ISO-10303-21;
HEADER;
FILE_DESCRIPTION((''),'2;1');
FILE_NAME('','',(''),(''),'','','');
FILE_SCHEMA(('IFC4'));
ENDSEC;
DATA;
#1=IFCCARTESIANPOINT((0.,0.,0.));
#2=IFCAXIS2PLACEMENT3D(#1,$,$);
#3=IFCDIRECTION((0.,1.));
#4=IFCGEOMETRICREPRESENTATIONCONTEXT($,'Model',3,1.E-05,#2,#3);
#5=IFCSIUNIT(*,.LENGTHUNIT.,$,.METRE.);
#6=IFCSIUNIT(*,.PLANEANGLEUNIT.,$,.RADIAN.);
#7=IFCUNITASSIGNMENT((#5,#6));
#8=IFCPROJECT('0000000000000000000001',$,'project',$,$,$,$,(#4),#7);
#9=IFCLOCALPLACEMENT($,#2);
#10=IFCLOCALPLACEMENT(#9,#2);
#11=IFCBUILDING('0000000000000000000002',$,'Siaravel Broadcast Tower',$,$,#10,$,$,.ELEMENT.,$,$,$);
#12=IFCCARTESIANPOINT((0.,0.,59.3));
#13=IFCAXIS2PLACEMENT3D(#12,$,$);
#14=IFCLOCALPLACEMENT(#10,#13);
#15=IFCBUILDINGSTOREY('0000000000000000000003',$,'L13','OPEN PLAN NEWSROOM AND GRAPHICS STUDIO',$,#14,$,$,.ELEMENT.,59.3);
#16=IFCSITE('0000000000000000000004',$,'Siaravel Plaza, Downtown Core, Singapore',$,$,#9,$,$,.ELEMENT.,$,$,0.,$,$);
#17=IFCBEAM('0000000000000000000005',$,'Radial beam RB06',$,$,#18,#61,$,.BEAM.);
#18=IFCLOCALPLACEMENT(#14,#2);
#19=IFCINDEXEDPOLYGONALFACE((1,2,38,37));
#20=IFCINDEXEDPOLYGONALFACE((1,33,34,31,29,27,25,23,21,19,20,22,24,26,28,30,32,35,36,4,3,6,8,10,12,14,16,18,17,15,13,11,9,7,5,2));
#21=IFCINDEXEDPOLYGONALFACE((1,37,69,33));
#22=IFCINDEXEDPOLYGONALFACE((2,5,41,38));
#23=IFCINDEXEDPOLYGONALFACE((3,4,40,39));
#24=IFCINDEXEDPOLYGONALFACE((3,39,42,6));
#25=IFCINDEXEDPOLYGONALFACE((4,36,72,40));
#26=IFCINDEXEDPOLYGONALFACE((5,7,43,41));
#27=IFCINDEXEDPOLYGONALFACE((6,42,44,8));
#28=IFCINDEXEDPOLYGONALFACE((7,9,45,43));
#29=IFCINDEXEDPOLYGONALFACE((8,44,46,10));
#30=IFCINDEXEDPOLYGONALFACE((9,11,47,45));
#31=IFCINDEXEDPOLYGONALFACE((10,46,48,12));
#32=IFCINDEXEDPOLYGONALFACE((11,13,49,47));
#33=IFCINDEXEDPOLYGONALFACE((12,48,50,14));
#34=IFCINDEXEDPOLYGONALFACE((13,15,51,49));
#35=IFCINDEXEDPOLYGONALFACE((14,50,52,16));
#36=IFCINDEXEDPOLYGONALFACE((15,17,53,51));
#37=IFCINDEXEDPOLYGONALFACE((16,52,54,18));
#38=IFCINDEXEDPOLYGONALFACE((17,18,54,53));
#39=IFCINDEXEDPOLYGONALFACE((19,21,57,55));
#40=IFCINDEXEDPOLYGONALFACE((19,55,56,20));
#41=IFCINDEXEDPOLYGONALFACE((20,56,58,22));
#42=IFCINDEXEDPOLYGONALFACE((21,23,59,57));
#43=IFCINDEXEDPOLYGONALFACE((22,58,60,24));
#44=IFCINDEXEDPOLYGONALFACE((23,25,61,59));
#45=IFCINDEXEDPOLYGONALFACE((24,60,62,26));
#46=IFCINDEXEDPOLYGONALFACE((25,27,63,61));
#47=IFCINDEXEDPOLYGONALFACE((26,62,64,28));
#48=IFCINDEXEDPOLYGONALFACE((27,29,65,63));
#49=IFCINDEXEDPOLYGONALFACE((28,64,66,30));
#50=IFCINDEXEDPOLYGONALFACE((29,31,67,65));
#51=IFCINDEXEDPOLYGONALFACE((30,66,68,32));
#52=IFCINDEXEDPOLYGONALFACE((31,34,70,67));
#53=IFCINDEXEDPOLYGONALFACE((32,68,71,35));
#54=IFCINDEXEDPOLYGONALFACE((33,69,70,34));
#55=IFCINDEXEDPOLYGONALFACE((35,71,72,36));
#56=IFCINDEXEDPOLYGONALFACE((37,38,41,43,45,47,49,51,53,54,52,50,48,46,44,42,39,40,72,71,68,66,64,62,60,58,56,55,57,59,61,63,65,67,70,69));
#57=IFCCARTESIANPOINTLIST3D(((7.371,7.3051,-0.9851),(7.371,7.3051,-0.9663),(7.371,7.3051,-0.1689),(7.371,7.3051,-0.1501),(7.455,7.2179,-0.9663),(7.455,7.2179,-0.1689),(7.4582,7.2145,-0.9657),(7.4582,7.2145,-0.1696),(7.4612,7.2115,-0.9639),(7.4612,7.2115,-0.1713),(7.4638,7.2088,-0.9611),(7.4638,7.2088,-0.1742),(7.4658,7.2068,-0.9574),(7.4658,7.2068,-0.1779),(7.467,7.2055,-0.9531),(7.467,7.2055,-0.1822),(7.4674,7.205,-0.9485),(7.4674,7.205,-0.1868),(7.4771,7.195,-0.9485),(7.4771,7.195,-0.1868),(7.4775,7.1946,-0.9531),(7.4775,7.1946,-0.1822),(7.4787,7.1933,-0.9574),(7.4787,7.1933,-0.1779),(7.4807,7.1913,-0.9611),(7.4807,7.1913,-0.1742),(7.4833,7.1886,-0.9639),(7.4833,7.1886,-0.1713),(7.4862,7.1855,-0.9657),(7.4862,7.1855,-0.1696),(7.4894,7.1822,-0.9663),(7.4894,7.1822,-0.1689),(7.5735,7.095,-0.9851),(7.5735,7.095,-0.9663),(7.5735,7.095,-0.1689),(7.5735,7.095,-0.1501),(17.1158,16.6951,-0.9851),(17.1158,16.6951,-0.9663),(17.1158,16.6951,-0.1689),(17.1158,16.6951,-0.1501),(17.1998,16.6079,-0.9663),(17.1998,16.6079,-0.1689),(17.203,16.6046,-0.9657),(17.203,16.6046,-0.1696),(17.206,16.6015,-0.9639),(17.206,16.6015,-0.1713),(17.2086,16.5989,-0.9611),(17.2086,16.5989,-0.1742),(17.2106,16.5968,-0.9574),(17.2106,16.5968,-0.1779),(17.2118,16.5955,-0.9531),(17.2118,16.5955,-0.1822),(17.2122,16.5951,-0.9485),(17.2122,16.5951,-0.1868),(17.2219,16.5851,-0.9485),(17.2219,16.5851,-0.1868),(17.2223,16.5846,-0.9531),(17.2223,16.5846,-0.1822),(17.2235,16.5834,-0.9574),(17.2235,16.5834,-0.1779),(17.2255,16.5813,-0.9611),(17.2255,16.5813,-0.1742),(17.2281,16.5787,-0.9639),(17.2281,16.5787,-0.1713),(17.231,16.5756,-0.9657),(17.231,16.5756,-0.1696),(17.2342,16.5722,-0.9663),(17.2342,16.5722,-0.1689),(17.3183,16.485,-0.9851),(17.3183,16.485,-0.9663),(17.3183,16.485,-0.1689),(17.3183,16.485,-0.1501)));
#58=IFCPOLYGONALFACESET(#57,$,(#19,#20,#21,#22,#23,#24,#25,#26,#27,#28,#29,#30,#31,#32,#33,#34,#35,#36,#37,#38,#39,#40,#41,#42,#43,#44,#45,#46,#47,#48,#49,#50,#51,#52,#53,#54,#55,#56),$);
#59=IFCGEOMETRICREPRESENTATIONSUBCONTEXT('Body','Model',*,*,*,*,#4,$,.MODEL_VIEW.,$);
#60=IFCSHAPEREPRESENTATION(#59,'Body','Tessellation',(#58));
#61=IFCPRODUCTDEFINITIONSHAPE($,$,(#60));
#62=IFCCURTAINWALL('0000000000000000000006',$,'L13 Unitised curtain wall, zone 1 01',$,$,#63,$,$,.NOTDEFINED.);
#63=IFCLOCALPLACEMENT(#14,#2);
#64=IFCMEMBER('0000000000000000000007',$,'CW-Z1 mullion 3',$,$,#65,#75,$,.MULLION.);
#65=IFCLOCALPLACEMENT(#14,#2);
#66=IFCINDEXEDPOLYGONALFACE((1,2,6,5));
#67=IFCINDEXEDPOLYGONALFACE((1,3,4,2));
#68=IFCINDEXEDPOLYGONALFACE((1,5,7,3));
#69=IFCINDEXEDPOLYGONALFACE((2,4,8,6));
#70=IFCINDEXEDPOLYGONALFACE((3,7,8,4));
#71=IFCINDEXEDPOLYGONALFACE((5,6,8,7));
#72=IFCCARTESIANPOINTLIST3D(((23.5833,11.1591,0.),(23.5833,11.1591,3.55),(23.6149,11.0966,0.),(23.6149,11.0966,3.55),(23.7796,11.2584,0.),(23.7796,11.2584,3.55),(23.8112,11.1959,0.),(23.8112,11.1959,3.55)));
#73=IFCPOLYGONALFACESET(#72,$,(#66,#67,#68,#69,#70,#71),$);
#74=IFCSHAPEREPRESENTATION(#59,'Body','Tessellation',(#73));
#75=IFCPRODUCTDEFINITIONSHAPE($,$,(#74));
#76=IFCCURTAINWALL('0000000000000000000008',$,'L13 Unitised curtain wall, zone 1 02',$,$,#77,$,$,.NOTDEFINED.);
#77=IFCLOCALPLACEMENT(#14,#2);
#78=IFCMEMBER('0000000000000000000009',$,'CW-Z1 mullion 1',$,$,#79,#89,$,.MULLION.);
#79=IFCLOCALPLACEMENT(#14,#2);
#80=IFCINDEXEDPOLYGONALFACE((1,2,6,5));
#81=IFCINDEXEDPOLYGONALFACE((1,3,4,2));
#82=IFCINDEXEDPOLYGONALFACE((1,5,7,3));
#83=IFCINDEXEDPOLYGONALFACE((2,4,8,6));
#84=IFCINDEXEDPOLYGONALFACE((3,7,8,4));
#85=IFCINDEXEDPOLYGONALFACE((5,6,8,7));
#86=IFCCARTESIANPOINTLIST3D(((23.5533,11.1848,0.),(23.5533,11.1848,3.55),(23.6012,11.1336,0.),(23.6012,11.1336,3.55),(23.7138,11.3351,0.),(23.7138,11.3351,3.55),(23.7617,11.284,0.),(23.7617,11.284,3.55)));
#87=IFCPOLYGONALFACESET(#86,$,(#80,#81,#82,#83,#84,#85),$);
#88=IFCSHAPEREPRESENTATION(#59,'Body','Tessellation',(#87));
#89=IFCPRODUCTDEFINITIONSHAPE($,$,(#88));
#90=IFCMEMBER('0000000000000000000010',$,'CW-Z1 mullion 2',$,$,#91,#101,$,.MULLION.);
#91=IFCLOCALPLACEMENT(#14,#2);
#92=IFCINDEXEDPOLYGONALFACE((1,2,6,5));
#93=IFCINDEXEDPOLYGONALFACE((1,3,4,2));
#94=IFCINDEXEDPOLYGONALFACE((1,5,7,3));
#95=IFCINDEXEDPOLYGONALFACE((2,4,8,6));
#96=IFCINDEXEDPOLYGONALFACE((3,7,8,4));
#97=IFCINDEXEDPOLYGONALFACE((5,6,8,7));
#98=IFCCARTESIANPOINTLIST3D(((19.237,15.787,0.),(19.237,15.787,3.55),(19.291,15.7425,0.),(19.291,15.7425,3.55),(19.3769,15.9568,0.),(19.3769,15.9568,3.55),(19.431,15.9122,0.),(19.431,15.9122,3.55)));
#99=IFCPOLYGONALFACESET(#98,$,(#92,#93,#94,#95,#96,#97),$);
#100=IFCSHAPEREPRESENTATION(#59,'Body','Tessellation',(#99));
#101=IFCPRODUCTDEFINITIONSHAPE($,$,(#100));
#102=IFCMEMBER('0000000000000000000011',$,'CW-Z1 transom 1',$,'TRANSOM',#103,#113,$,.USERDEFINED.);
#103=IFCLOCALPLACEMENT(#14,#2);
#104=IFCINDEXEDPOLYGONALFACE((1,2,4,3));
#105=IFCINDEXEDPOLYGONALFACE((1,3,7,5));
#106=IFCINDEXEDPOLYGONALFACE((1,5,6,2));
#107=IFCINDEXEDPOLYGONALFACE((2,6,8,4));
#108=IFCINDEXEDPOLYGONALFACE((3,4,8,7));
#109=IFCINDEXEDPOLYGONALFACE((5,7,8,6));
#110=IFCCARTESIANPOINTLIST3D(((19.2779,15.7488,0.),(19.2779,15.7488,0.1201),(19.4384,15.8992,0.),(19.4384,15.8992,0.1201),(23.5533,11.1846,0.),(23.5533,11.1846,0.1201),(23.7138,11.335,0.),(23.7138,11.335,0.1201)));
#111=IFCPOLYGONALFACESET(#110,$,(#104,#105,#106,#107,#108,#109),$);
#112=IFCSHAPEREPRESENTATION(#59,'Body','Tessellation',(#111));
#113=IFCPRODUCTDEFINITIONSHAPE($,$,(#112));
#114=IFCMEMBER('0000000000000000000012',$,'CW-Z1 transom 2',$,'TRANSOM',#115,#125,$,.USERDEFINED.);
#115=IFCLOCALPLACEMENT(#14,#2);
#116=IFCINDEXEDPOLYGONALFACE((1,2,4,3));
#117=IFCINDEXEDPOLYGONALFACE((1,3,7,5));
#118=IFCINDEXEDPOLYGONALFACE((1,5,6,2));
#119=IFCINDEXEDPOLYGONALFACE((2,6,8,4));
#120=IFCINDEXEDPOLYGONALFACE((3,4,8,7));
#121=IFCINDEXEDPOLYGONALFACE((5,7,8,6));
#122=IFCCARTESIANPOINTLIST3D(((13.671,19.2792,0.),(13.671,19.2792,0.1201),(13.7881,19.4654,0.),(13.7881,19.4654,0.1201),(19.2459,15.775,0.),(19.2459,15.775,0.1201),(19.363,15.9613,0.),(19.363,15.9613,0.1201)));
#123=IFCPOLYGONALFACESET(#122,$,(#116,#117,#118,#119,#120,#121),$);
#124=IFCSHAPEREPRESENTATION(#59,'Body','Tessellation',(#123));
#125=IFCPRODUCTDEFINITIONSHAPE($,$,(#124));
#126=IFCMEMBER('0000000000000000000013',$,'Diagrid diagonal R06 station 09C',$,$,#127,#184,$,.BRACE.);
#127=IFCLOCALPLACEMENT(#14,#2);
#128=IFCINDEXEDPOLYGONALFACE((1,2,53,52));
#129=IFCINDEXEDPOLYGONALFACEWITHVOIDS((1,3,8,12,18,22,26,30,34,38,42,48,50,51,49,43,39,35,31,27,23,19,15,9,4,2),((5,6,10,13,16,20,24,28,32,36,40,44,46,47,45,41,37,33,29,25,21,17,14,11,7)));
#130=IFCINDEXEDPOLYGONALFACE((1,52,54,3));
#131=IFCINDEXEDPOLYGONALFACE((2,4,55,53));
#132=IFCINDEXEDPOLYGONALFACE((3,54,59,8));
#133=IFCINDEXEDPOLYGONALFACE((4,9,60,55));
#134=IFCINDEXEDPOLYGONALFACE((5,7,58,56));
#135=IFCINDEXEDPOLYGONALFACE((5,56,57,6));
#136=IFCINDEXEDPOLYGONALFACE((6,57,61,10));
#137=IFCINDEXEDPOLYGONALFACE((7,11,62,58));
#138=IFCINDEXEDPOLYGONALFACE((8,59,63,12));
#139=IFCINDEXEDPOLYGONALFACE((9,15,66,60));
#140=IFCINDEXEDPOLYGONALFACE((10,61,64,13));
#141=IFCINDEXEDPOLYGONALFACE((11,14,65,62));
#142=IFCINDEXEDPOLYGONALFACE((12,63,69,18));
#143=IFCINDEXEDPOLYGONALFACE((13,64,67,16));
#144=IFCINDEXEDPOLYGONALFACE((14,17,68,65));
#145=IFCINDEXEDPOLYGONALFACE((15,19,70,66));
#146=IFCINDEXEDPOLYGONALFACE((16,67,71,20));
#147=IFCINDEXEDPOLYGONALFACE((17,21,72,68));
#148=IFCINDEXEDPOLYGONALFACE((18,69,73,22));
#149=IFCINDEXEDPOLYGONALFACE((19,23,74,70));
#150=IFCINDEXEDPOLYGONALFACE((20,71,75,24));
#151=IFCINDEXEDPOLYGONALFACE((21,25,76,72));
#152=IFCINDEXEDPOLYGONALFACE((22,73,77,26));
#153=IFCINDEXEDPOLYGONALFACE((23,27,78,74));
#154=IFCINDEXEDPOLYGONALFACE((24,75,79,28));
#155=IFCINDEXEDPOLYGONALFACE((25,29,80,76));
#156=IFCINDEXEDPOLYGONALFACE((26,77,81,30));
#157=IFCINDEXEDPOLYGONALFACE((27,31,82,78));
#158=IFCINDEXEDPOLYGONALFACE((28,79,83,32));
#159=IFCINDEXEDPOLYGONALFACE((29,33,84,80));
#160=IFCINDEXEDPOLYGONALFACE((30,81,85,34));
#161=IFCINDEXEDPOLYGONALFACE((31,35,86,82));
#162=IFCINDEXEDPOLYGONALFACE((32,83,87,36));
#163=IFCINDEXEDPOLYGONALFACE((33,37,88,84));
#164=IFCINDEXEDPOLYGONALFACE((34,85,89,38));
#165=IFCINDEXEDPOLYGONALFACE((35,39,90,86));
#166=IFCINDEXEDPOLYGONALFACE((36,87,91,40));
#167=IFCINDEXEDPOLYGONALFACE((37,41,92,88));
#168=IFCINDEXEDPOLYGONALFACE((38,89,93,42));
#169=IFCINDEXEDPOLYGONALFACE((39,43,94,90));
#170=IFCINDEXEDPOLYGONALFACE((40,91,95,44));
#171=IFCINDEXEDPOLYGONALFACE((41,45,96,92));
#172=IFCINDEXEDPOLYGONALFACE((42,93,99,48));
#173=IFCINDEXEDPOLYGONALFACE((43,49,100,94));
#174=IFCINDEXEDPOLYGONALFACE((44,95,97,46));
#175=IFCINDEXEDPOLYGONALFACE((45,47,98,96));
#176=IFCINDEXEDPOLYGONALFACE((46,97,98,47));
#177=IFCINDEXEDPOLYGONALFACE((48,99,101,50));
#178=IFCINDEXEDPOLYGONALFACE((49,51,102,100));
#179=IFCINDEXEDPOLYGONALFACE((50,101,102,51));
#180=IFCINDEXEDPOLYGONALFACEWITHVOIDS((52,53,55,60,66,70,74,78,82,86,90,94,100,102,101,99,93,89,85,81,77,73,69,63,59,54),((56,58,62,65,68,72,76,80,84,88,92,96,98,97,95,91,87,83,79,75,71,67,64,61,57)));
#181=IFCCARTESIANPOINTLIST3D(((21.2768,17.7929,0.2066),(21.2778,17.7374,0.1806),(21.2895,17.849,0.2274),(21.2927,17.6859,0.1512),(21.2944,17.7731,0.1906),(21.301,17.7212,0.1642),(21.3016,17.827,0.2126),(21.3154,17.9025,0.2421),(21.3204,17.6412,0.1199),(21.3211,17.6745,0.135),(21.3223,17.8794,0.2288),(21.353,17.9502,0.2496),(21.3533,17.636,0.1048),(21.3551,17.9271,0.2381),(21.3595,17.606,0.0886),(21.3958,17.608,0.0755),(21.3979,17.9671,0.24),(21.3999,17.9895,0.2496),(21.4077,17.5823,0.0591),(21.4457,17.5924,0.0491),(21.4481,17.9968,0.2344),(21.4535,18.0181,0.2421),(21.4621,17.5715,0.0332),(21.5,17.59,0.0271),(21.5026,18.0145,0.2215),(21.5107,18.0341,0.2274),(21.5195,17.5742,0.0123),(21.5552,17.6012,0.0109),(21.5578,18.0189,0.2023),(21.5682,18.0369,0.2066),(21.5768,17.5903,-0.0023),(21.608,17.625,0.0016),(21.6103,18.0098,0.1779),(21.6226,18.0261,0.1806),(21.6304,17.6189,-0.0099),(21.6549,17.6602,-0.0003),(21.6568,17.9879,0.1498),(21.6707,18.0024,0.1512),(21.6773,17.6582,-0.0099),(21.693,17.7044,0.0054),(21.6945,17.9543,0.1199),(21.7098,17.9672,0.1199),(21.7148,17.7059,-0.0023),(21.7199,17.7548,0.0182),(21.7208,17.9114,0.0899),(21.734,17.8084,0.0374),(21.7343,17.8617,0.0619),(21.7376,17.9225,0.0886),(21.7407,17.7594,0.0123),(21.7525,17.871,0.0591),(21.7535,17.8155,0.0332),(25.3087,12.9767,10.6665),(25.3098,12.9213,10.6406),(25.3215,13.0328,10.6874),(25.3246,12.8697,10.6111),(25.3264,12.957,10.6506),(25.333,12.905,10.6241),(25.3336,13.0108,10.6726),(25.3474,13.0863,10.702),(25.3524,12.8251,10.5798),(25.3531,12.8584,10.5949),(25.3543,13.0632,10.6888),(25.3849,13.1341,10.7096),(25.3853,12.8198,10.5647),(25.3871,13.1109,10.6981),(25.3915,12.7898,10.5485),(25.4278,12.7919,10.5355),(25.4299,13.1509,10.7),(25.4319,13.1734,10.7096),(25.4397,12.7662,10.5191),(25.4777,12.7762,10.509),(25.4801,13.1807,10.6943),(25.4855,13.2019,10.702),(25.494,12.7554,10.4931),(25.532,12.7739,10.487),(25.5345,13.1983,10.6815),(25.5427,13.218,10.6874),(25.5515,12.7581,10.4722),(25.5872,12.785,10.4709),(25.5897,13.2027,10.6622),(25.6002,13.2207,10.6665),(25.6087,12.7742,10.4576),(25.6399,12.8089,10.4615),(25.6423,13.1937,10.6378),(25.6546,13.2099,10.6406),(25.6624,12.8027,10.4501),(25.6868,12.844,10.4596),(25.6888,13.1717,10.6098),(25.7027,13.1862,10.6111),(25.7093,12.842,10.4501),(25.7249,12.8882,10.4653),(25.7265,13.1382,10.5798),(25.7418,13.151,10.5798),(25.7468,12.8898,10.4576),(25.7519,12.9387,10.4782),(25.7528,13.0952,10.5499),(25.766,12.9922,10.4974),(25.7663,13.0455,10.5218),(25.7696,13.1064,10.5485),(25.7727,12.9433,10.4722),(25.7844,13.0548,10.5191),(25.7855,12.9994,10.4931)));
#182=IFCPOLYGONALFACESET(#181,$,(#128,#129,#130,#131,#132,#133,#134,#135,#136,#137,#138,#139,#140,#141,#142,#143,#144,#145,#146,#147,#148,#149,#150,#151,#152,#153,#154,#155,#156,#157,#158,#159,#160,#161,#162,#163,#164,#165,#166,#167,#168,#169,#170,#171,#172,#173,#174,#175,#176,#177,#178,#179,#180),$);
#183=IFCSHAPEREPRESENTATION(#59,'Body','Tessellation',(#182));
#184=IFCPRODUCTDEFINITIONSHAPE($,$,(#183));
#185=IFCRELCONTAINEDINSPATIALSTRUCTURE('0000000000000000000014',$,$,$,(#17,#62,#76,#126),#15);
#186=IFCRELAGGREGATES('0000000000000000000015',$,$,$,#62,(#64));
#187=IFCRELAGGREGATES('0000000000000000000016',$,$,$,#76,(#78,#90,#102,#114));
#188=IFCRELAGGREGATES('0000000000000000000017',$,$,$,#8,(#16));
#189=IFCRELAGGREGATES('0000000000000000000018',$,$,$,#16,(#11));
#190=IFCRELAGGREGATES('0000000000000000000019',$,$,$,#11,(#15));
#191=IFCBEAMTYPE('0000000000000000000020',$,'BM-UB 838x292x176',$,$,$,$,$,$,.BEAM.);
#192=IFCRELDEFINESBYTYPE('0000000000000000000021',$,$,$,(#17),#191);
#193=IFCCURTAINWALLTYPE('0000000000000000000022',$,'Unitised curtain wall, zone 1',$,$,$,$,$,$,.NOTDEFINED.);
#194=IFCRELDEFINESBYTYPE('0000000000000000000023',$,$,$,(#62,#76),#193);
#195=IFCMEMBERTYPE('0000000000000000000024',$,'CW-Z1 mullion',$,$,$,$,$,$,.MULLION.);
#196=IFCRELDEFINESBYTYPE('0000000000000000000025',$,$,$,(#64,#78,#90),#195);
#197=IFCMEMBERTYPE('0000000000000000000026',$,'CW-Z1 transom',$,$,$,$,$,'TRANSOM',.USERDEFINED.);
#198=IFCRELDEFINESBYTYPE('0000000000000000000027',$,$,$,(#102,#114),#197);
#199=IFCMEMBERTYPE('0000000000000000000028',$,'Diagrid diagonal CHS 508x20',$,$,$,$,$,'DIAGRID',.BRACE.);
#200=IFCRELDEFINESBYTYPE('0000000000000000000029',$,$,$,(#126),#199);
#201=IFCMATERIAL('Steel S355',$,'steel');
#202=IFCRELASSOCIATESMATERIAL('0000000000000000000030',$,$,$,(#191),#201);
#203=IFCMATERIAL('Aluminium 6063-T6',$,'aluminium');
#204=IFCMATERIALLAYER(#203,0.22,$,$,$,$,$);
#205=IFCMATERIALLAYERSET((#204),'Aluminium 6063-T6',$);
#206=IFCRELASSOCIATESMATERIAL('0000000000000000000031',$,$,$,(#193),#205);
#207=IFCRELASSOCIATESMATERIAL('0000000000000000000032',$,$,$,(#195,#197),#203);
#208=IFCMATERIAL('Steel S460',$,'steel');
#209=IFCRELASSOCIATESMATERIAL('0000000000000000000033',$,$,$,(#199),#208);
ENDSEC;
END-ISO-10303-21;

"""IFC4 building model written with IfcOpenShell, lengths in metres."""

from ifc_helpers import new_model, si_unit, direction, frame, origin, origin_2d, place, context, subcontext, project, spatial, rectangle, hollow_circle, i_section, extrude, material, layer, layer_set, material_profile, profile_set, type_object, element, aggregate, save


model = new_model("IFC4")

# Units and contexts
model_context = context("Model", 3, precision=1e-05, world=origin(), true_north=direction((0.0, 1.0)))
body_context = subcontext(model_context, "Body", "Model", "MODEL_VIEW")
ifc_project = project(units=[si_unit("LENGTHUNIT", "METRE"), si_unit("PLANEANGLEUNIT", "RADIAN")], contexts=[model_context])

# Site, building, storey
site_placement = place(None, origin())
site = spatial("IfcSite", under=ifc_project, at=site_placement, Name="Siaravel Plaza, Downtown Core, Singapore", CompositionType="ELEMENT", RefElevation=0.0)
building_placement = place(site_placement, origin())
building = spatial("IfcBuilding", under=site, at=building_placement, Name="Siaravel Broadcast Tower", CompositionType="ELEMENT")
storey_placement = place(building_placement, frame((0.0, 0.0, 59.3)))
storey = spatial("IfcBuildingStorey", under=building, at=storey_placement, Name="L13", Description="OPEN PLAN NEWSROOM AND GRAPHICS STUDIO", CompositionType="ELEMENT", Elevation=59.3)

# Beam
ifc_material_1 = material(Name="Steel S355", Category="steel")
ifc_material_profile_1 = material_profile(ifc_material_1, i_section(OverallWidth=0.2917, OverallDepth=0.835, WebThickness=0.0139, FlangeThickness=0.0188, FilletRadius=0.0178, at=origin_2d()))
ifc_profile_set_1 = profile_set([ifc_material_profile_1], Name="Steel S355")
beam_type = type_object("IfcBeamType", Name="BM-UB 838x292x176", PredefinedType="BEAM", material=ifc_profile_set_1)
beam_1_placement = place(storey_placement, frame((17.217, 16.5901, -0.5676), z_axis=(-0.720092, -0.693879, 0.0), x_axis=(0.693879, -0.720092, 0.0)))
element("IfcBeam", 1, at=beam_1_placement, inside=storey, type_object=beam_type, Name="Radial beam RB06", PredefinedType="BEAM", context=body_context, shape_type="SweptSolid", body=[
    extrude(i_section(OverallWidth=0.2917, OverallDepth=0.835, WebThickness=0.0139, FlangeThickness=0.0188, FilletRadius=0.0178, at=origin_2d()), origin(), (0.0, 0.0, 1.0), 13.5327),
])

# Curtain wall, member
ifc_material_2 = material(Name="Aluminium 6063-T6", Category="aluminium")
ifc_layer_1 = layer(ifc_material_2, 0.22)
ifc_layer_set_1 = layer_set([ifc_layer_1], Name="Aluminium 6063-T6")
curtain_wall_type = type_object("IfcCurtainWallType", Name="Unitised curtain wall, zone 1", PredefinedType="NOTDEFINED", material=ifc_layer_set_1)
curtain_wall_1_placement = place(storey_placement, origin())
curtain_wall_1 = element("IfcCurtainWall", 2, at=curtain_wall_1_placement, inside=storey, type_object=curtain_wall_type, Name="L13 Unitised curtain wall, zone 1 01", PredefinedType="NOTDEFINED")
ifc_material_profile_2 = material_profile(ifc_material_2, rectangle(XDim=0.22, YDim=0.0701, at=origin_2d()))
ifc_profile_set_2 = profile_set([ifc_material_profile_2], Name="Aluminium 6063-T6")
member_type_1 = type_object("IfcMemberType", Name="CW-Z1 mullion", PredefinedType="MULLION", material=ifc_profile_set_2)
member_1_placement = place(storey_placement, frame((23.6973, 11.1775, 0.0), z_axis=(0.0, 0.0, 1.0), x_axis=(-0.892391, -0.451262, 0.0)))
member_1 = element("IfcMember", 3, at=member_1_placement, type_object=member_type_1, Name="CW-Z1 mullion 3", PredefinedType="MULLION", context=body_context, shape_type="SweptSolid", body=[
    extrude(rectangle(XDim=0.22, YDim=0.0701, at=origin_2d()), origin(), (0.0, 0.0, 1.0), 3.55),
])
aggregate(curtain_wall_1, [member_1])

# Curtain wall, members
curtain_wall_2_placement = place(storey_placement, origin())
curtain_wall_2 = element("IfcCurtainWall", 4, at=curtain_wall_2_placement, inside=storey, type_object=curtain_wall_type, Name="L13 Unitised curtain wall, zone 1 02", PredefinedType="NOTDEFINED")
member_2_placement = place(storey_placement, frame((23.6575, 11.2344, 0.0), z_axis=(0.0, 0.0, 1.0), x_axis=(-0.729804, -0.683657, 0.0)))
member_2 = element("IfcMember", 5, at=member_2_placement, type_object=member_type_1, Name="CW-Z1 mullion 1", PredefinedType="MULLION", context=body_context, shape_type="SweptSolid", body=[
    extrude(rectangle(XDim=0.22, YDim=0.0701, at=origin_2d()), origin(), (0.0, 0.0, 1.0), 3.55),
])
member_3_placement = place(storey_placement, frame((19.334, 15.8496, 0.0), z_axis=(0.0, 0.0, 1.0), x_axis=(-0.636217, -0.77151, 0.0)))
member_3 = element("IfcMember", 6, at=member_3_placement, type_object=member_type_1, Name="CW-Z1 mullion 2", PredefinedType="MULLION", context=body_context, shape_type="SweptSolid", body=[
    extrude(rectangle(XDim=0.22, YDim=0.0701, at=origin_2d()), origin(), (0.0, 0.0, 1.0), 3.55),
])
ifc_material_profile_3 = material_profile(ifc_material_2, rectangle(XDim=0.22, YDim=0.1201, at=origin_2d()))
ifc_profile_set_3 = profile_set([ifc_material_profile_3], Name="Aluminium 6063-T6")
member_type_2 = type_object("IfcMemberType", Name="CW-Z1 transom", ElementType="TRANSOM", PredefinedType="USERDEFINED", material=ifc_profile_set_3)
member_4_placement = place(storey_placement, frame((23.6335, 11.2598, 0.0601), z_axis=(-0.683639, 0.729821, 0.0), x_axis=(-0.729821, -0.683639, 0.0)))
member_4 = element("IfcMember", 7, at=member_4_placement, type_object=member_type_2, Name="CW-Z1 transom 1", ObjectType="TRANSOM", PredefinedType="USERDEFINED", context=body_context, shape_type="SweptSolid", body=[
    extrude(rectangle(XDim=0.22, YDim=0.1201, at=origin_2d()), origin(), (0.0, 0.0, 1.0), 6.2539),
])
member_5_placement = place(storey_placement, frame((19.3044, 15.8682, 0.0601), z_axis=(-0.846644, 0.53216, 0.0), x_axis=(-0.53216, -0.846644, 0.0)))
member_5 = element("IfcMember", 8, at=member_5_placement, type_object=member_type_2, Name="CW-Z1 transom 2", ObjectType="TRANSOM", PredefinedType="USERDEFINED", context=body_context, shape_type="SweptSolid", body=[
    extrude(rectangle(XDim=0.22, YDim=0.1201, at=origin_2d()), origin(), (0.0, 0.0, 1.0), 6.5847),
])

# Member
ifc_material_3 = material(Name="Steel S460", Category="steel")
ifc_material_profile_4 = material_profile(ifc_material_3, hollow_circle(Radius=0.2539, WallThickness=0.02, at=origin_2d()))
ifc_profile_set_4 = profile_set([ifc_material_profile_4], Name="Steel S460")
member_type_3 = type_object("IfcMemberType", Name="Diagrid diagonal CHS 508x20", ElementType="DIAGRID", PredefinedType="BRACE", material=ifc_profile_set_4)
member_6_placement = place(storey_placement, frame((21.5151, 17.8042, 0.1199), z_axis=(0.330465, -0.394737, 0.857307), x_axis=(0.76677, 0.641922, 0.0)))
element("IfcMember", 9, at=member_6_placement, inside=storey, type_object=member_type_3, Name="Diagrid diagonal R06 station 09C", PredefinedType="BRACE", context=body_context, shape_type="SweptSolid", body=[
    extrude(hollow_circle(Radius=0.2539, WallThickness=0.02, at=origin_2d()), origin(), (0.0, 0.0, 1.0), 12.2009),
])

aggregate(curtain_wall_2, [member_2, member_3, member_4, member_5])

save(model, "model.ifc")
